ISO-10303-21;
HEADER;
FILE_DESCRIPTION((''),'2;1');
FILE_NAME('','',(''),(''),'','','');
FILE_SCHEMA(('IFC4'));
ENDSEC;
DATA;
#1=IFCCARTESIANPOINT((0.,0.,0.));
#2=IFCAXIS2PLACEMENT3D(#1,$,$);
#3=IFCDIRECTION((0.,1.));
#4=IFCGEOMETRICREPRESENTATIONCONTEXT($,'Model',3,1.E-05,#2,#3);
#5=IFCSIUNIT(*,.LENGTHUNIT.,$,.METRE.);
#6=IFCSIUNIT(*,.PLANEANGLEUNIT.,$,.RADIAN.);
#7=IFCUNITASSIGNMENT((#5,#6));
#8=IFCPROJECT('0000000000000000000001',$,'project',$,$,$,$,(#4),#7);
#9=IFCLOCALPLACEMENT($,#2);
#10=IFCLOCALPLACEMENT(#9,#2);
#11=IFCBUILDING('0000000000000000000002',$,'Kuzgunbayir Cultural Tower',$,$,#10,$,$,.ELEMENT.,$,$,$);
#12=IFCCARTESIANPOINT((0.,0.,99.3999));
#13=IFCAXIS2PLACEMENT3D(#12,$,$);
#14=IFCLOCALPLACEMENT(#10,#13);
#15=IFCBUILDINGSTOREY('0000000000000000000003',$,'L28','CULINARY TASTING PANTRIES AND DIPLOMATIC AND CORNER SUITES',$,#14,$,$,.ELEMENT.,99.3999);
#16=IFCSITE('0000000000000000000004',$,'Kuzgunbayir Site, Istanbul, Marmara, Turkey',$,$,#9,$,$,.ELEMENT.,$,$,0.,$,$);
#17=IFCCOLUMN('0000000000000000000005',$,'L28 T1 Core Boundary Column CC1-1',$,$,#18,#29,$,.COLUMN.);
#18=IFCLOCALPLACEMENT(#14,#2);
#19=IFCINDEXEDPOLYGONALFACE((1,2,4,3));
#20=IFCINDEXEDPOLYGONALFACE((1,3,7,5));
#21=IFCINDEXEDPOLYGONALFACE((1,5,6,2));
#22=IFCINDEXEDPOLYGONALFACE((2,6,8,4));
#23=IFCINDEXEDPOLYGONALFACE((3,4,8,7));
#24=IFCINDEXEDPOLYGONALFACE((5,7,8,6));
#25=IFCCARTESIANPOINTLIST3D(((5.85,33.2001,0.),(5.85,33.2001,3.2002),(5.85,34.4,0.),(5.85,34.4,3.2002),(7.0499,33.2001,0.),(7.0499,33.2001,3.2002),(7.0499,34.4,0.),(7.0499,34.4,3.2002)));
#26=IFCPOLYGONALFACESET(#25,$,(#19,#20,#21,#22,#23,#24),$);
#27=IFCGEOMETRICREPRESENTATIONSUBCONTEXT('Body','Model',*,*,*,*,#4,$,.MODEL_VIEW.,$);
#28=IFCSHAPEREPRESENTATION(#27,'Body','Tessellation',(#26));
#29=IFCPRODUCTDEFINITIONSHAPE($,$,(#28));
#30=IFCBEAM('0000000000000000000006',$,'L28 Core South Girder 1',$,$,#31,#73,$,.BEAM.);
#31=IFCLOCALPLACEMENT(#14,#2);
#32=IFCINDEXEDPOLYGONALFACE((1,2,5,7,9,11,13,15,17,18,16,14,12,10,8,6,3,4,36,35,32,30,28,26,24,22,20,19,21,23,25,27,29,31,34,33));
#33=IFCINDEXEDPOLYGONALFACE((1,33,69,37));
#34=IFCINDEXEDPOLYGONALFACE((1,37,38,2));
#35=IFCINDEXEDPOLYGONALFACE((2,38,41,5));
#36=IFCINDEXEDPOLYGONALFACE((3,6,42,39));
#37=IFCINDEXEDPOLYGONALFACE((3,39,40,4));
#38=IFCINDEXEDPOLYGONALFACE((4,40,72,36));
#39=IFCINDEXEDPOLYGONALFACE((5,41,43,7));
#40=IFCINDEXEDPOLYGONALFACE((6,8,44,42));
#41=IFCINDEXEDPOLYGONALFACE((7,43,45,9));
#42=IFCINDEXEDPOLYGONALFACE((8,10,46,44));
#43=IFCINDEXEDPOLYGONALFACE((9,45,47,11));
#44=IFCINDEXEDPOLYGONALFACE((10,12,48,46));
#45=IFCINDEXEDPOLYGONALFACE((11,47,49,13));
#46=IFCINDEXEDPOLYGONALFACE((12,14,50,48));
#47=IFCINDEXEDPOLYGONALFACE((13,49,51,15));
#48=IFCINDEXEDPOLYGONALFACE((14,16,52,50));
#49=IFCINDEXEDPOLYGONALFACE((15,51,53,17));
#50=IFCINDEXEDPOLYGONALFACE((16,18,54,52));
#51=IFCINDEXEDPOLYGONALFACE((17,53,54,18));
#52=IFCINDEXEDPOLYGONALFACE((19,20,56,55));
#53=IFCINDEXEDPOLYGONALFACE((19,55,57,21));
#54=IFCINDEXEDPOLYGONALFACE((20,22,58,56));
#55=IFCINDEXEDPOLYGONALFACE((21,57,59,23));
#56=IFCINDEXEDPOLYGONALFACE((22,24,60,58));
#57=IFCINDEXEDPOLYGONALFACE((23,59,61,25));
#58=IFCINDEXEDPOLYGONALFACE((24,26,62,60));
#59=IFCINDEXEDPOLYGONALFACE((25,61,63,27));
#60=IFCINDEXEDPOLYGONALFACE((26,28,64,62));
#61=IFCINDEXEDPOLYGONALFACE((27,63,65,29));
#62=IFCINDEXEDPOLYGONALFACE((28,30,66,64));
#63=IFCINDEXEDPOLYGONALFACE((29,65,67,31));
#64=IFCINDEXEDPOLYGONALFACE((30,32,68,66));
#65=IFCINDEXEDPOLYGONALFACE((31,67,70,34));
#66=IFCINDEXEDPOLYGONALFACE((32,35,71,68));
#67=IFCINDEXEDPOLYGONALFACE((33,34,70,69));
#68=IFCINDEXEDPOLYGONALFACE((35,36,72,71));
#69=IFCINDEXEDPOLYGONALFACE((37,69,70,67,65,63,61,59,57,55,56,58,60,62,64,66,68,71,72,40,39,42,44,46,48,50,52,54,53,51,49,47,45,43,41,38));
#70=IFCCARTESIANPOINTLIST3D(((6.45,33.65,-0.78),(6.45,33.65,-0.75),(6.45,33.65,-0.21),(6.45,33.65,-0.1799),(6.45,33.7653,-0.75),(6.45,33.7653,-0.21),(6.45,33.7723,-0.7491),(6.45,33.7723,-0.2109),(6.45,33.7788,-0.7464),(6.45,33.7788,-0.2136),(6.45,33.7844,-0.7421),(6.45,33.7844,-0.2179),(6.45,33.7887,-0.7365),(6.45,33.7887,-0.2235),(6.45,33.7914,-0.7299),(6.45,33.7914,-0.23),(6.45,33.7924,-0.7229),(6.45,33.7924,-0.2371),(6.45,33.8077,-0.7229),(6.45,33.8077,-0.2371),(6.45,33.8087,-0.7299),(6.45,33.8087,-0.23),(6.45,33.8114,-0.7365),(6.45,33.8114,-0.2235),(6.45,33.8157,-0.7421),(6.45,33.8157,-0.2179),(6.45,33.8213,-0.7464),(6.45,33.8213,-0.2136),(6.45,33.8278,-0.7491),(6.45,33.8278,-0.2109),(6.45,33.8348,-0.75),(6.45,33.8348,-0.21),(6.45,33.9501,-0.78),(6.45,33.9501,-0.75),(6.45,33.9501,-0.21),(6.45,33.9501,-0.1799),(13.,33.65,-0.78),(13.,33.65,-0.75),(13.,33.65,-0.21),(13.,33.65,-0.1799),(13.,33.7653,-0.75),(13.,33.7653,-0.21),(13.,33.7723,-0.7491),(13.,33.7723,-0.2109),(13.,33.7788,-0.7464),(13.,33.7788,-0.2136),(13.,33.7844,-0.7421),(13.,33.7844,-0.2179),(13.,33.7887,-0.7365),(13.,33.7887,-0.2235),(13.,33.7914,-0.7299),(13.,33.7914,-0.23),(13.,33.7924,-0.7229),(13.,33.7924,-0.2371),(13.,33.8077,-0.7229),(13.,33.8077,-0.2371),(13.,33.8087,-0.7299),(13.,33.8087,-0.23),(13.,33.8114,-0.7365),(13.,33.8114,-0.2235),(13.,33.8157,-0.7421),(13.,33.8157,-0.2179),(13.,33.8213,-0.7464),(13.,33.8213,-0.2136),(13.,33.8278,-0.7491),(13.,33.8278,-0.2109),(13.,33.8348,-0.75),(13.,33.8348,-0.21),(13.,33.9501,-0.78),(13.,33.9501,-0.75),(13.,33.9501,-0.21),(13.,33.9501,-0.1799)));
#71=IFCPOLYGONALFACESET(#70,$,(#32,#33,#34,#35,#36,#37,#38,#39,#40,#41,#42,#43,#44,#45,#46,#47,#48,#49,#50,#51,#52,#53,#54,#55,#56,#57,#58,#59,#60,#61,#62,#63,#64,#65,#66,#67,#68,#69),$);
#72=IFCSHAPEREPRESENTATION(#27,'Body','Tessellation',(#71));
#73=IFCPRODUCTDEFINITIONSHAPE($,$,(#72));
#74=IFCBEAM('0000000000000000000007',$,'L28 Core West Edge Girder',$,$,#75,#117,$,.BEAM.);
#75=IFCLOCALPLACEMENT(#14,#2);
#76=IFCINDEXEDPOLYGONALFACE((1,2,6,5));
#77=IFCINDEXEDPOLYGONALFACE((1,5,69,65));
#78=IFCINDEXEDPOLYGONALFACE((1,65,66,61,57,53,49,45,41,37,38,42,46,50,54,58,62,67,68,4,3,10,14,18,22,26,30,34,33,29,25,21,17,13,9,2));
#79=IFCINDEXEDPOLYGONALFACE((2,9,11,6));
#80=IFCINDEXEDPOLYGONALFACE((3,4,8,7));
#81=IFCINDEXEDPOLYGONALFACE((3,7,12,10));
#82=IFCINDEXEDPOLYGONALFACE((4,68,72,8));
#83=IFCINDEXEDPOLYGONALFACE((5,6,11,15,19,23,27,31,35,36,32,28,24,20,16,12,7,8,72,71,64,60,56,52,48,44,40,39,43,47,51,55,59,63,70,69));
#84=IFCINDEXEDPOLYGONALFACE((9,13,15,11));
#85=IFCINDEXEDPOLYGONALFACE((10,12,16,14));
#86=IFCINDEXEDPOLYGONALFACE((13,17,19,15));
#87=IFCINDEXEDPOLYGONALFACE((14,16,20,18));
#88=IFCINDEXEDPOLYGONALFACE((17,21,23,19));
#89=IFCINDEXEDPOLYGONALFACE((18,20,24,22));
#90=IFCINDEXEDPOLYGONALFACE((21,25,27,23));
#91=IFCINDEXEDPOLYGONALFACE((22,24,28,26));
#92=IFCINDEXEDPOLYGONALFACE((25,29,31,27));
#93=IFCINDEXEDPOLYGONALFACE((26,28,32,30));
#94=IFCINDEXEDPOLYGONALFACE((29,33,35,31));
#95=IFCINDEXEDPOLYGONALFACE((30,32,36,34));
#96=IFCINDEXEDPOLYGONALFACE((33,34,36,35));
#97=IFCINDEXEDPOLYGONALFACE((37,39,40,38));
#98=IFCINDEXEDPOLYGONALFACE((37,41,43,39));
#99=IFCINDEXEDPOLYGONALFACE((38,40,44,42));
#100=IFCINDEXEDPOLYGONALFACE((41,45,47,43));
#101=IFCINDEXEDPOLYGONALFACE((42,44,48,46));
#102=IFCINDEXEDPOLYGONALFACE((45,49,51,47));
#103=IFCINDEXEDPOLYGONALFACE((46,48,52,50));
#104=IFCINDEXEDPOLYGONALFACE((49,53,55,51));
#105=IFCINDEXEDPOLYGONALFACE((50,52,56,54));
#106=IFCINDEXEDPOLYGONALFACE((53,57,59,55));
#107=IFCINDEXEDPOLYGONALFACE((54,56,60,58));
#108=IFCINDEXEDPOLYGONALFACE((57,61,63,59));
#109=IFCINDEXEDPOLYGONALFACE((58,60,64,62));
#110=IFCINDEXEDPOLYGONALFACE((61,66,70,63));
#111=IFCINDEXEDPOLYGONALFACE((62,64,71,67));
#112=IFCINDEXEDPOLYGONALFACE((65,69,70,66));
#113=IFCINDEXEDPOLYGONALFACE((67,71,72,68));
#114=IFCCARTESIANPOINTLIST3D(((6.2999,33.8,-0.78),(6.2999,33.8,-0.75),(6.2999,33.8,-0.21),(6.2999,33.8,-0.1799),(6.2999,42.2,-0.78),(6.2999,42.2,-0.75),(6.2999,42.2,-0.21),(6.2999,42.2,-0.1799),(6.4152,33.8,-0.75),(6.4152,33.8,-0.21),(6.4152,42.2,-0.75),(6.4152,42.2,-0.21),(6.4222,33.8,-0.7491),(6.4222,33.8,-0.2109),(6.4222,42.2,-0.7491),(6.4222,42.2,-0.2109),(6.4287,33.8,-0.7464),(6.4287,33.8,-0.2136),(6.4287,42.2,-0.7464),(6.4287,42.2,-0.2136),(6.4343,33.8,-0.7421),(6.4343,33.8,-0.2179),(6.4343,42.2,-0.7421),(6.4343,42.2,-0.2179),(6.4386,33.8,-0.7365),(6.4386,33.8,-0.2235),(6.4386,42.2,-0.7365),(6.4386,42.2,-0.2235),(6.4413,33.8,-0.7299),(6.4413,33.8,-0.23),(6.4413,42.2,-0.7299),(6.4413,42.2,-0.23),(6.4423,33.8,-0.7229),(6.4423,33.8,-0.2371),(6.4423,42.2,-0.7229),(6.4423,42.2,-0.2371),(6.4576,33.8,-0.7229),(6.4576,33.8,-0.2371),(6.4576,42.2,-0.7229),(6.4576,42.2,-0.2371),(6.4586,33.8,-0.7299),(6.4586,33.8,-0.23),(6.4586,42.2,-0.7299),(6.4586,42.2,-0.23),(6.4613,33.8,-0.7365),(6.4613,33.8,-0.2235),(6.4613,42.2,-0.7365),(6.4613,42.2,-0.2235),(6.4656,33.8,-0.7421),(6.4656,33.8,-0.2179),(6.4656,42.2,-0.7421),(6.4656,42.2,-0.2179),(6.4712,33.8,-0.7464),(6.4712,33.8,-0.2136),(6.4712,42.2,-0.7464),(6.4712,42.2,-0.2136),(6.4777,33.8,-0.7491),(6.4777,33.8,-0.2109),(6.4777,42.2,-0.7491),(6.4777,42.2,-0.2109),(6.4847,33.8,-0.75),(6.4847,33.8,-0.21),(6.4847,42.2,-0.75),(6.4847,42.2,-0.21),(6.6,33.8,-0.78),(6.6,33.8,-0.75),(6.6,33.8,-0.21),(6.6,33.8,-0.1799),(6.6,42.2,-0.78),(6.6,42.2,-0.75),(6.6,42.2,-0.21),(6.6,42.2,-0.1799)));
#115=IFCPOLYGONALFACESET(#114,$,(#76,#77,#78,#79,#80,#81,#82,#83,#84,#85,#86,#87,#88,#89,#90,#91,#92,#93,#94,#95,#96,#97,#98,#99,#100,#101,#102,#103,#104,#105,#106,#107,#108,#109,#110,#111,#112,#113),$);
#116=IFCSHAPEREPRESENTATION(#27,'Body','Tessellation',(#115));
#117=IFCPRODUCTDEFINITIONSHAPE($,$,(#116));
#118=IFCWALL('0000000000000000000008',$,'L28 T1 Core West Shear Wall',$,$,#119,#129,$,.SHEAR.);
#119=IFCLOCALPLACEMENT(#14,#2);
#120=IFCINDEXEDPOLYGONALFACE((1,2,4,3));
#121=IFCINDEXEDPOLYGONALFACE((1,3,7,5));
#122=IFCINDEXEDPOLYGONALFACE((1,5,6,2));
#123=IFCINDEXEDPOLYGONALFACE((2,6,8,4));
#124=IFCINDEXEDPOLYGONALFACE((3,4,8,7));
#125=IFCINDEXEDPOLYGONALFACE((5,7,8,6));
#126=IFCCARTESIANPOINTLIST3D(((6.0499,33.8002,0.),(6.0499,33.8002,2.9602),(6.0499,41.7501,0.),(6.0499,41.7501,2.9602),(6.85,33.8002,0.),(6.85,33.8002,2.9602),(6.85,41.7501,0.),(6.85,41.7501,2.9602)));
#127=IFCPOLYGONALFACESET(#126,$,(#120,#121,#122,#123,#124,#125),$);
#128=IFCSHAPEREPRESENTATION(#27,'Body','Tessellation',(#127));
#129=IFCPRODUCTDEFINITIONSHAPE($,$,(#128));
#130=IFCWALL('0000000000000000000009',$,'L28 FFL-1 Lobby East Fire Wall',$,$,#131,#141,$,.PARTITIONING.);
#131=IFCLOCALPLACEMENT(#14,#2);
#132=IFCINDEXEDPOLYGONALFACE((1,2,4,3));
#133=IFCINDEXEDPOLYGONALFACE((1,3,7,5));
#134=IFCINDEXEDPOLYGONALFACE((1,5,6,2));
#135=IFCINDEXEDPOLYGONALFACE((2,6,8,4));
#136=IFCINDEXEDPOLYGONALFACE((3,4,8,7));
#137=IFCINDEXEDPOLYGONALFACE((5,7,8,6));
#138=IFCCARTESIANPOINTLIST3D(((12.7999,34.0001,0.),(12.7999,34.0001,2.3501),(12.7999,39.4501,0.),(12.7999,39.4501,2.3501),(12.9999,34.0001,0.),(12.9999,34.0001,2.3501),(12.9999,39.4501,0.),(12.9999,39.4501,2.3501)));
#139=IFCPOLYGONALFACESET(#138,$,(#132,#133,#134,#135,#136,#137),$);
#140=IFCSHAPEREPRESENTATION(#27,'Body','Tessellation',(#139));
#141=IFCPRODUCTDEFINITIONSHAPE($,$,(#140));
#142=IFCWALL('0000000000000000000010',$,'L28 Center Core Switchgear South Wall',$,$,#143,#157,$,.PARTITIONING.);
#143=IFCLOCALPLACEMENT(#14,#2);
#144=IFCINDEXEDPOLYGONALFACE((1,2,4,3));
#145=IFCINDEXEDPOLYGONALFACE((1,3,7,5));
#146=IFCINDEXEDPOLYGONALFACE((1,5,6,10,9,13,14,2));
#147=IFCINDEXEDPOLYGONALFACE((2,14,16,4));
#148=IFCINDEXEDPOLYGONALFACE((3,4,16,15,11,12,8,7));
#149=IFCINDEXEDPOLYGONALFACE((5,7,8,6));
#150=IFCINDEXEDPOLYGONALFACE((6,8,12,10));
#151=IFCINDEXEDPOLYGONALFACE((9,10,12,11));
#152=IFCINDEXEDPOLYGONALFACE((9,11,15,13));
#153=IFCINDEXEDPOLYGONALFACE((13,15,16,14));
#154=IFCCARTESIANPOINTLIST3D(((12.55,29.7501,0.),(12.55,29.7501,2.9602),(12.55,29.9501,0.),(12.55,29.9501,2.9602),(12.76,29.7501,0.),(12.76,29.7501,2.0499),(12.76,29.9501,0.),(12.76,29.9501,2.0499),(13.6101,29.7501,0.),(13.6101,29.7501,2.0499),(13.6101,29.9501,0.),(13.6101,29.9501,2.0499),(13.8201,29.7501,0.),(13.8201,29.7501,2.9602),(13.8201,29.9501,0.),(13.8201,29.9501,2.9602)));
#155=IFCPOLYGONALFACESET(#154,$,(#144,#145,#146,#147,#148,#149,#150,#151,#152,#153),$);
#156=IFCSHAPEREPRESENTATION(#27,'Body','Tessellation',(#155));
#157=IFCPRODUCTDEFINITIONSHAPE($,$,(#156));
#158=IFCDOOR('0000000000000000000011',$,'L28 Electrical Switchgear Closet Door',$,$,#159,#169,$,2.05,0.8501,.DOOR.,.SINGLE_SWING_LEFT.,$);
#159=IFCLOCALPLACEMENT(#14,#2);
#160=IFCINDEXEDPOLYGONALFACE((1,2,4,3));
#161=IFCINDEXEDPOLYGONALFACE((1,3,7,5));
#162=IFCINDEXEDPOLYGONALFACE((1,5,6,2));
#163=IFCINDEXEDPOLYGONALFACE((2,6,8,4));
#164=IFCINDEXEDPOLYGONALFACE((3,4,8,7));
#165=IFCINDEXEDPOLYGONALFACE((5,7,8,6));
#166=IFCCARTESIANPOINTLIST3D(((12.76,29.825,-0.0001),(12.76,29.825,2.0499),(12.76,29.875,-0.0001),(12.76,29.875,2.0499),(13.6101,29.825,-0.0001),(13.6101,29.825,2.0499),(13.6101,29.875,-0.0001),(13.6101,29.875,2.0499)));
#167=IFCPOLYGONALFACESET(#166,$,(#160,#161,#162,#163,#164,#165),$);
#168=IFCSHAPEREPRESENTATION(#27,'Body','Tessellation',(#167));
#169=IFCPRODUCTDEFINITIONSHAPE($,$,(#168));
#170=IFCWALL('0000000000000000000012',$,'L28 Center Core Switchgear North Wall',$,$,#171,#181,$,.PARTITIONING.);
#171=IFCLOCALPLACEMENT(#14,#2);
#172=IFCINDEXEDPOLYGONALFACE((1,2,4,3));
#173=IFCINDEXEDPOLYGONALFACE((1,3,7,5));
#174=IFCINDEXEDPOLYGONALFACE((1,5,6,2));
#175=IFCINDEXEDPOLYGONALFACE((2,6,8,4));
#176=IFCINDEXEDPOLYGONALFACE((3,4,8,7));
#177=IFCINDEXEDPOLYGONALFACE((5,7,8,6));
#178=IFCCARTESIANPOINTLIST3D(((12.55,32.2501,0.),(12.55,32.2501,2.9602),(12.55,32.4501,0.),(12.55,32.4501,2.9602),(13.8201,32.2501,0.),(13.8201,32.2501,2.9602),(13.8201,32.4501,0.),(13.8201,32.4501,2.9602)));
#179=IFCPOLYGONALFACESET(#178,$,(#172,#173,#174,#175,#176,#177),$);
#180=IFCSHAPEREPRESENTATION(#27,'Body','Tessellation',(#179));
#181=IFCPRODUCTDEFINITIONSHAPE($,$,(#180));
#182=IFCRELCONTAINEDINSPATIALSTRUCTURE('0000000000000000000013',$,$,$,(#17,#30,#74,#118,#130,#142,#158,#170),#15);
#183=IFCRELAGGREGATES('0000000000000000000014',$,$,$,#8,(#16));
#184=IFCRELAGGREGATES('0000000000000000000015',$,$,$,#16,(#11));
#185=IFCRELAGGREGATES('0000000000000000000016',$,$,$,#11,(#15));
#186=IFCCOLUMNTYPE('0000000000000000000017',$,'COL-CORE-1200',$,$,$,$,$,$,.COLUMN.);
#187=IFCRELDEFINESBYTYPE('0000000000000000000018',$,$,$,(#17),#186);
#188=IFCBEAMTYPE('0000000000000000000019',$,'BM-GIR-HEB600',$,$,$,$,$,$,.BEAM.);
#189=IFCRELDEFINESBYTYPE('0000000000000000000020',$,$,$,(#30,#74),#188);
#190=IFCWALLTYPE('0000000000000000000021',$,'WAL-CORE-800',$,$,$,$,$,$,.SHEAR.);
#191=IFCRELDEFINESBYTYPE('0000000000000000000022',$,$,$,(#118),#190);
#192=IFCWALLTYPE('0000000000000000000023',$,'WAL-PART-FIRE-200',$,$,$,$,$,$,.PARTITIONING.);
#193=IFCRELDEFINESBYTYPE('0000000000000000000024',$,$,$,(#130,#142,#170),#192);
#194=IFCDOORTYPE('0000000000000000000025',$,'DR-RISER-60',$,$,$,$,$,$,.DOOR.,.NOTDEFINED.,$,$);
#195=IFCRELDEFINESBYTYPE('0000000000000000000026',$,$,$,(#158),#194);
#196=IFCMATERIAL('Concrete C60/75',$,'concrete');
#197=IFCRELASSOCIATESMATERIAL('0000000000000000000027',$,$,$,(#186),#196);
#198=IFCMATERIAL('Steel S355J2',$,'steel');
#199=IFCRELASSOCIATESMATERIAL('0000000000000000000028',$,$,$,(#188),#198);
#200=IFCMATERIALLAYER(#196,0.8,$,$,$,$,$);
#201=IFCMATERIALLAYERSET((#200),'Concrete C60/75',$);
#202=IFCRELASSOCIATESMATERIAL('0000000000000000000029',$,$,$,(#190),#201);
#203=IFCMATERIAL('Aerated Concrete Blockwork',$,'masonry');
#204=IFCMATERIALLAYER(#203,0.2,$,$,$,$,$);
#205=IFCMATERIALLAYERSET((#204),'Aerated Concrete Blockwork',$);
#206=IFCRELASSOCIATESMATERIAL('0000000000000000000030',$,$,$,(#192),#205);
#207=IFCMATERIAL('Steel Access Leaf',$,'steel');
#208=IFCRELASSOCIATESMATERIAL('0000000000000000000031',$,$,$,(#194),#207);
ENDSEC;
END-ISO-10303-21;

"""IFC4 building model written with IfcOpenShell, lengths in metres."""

from ifc_helpers import new_model, si_unit, direction, frame, frame_2d, origin, origin_2d, place, context, subcontext, project, spatial, rectangle, i_section, extrude, material, layer, layer_set, material_profile, profile_set, type_object, element, fill, save


model = new_model("IFC4")

# Units and contexts
model_context = context("Model", 3, precision=1e-05, world=origin(), true_north=direction((0.0, 1.0)))
body_context = subcontext(model_context, "Body", "Model", "MODEL_VIEW")
ifc_project = project(units=[si_unit("LENGTHUNIT", "METRE"), si_unit("PLANEANGLEUNIT", "RADIAN")], contexts=[model_context])

# Site, building, storey
site_placement = place(None, origin())
site = spatial("IfcSite", under=ifc_project, at=site_placement, Name="Kuzgunbayir Site, Istanbul, Marmara, Turkey", CompositionType="ELEMENT", RefElevation=0.0)
building_placement = place(site_placement, origin())
building = spatial("IfcBuilding", under=site, at=building_placement, Name="Kuzgunbayir Cultural Tower", CompositionType="ELEMENT")
storey_placement = place(building_placement, frame((0.0, 0.0, 99.3999)))
storey = spatial("IfcBuildingStorey", under=building, at=storey_placement, Name="L28", Description="CULINARY TASTING PANTRIES AND DIPLOMATIC AND CORNER SUITES", CompositionType="ELEMENT", Elevation=99.3999)

# Column
ifc_material_1 = material(Name="Concrete C60/75", Category="concrete")
ifc_material_profile_1 = material_profile(ifc_material_1, rectangle(XDim=1.2, YDim=1.2, at=origin_2d()), Name="RC 1200x1200")
ifc_profile_set_1 = profile_set([ifc_material_profile_1], Name="Concrete C60/75")
column_type = type_object("IfcColumnType", Name="COL-CORE-1200", PredefinedType="COLUMN", material=ifc_profile_set_1)
column_placement = place(storey_placement, frame((6.45, 33.8, 0.0), z_axis=(0.0, 0.0, 1.0), x_axis=(1.0, 0.0, 0.0)))
element("IfcColumn", 1, at=column_placement, inside=storey, type_object=column_type, Name="L28 T1 Core Boundary Column CC1-1", PredefinedType="COLUMN", context=body_context, shape_type="SweptSolid", body=[
    extrude(rectangle(XDim=1.2, YDim=1.2, at=origin_2d()), origin(), (0.0, 0.0, 1.0), 3.2002),
])

# Beams
ifc_material_2 = material(Name="Steel S355J2", Category="steel")
ifc_material_profile_2 = material_profile(ifc_material_2, i_section(OverallWidth=0.3, OverallDepth=0.6001, WebThickness=0.0154, FlangeThickness=0.03, FilletRadius=0.0271, at=origin_2d()), Name="HEB 600")
ifc_profile_set_2 = profile_set([ifc_material_profile_2], Name="Steel S355J2")
beam_type = type_object("IfcBeamType", Name="BM-GIR-HEB600", PredefinedType="BEAM", material=ifc_profile_set_2)
beam_1_placement = place(storey_placement, frame((6.45, 33.8, -0.48), z_axis=(1.0, 0.0, 0.0), x_axis=(0.0, 1.0, 0.0)))
element("IfcBeam", 2, at=beam_1_placement, inside=storey, type_object=beam_type, Name="L28 Core South Girder 1", PredefinedType="BEAM", context=body_context, shape_type="SweptSolid", body=[
    extrude(i_section(OverallWidth=0.3, OverallDepth=0.6001, WebThickness=0.0154, FlangeThickness=0.03, FilletRadius=0.0271, at=origin_2d()), origin(), (0.0, 0.0, 1.0), 6.55),
])
beam_2_placement = place(storey_placement, frame((6.45, 33.8, -0.48), z_axis=(0.0, 1.0, 0.0), x_axis=(-1.0, 0.0, 0.0)))
element("IfcBeam", 3, at=beam_2_placement, inside=storey, type_object=beam_type, Name="L28 Core West Edge Girder", PredefinedType="BEAM", context=body_context, shape_type="SweptSolid", body=[
    extrude(i_section(OverallWidth=0.3, OverallDepth=0.6001, WebThickness=0.0154, FlangeThickness=0.03, FilletRadius=0.0271, at=origin_2d()), origin(), (0.0, 0.0, 1.0), 8.3999),
])

# Walls
ifc_layer_1 = layer(ifc_material_1, 0.8)
ifc_layer_set_1 = layer_set([ifc_layer_1], Name="Concrete C60/75")
wall_type_1 = type_object("IfcWallType", Name="WAL-CORE-800", PredefinedType="SHEAR", material=ifc_layer_set_1)
wall_1_placement = place(storey_placement, frame((6.45, 33.8, 0.0), z_axis=(0.0, 0.0, 1.0), x_axis=(0.0, 1.0, 0.0)))
element("IfcWall", 4, at=wall_1_placement, inside=storey, type_object=wall_type_1, Name="L28 T1 Core West Shear Wall", PredefinedType="SHEAR", context=body_context, shape_type="SweptSolid", body=[
    extrude(rectangle(XDim=7.95, YDim=0.8, at=frame_2d((3.9751, 0.0))), origin(), (0.0, 0.0, 1.0), 2.9602),
])
ifc_material_3 = material(Name="Aerated Concrete Blockwork", Category="masonry")
ifc_layer_2 = layer(ifc_material_3, 0.2)
ifc_layer_set_2 = layer_set([ifc_layer_2], Name="Aerated Concrete Blockwork")
wall_type_2 = type_object("IfcWallType", Name="WAL-PART-FIRE-200", PredefinedType="PARTITIONING", material=ifc_layer_set_2)
wall_2_placement = place(storey_placement, frame((12.8999, 34.0, 0.0), z_axis=(0.0, 0.0, 1.0), x_axis=(0.0, 1.0, 0.0)))
element("IfcWall", 5, at=wall_2_placement, inside=storey, type_object=wall_type_2, Name="L28 FFL-1 Lobby East Fire Wall", PredefinedType="PARTITIONING", context=body_context, shape_type="SweptSolid", body=[
    extrude(rectangle(XDim=5.45, YDim=0.2, at=frame_2d((2.7251, 0.0))), origin(), (0.0, 0.0, 1.0), 2.3501),
])

# Wall, opening, door
wall_3_placement = place(storey_placement, frame((12.55, 29.8501, 0.0), z_axis=(0.0, 0.0, 1.0), x_axis=(1.0, 0.0, 0.0)))
wall_3 = element("IfcWall", 6, at=wall_3_placement, inside=storey, type_object=wall_type_2, Name="L28 Center Core Switchgear South Wall", PredefinedType="PARTITIONING", context=body_context, shape_type="SweptSolid", body=[
    extrude(rectangle(XDim=1.27, YDim=0.2, at=frame_2d((0.635, 0.0))), origin(), (0.0, 0.0, 1.0), 2.9602),
])
opening_1_placement = place(wall_3_placement, frame((0.21, 0.0, 0.0)))
opening_1 = element("IfcOpeningElement", 7, at=opening_1_placement, cuts=wall_3, PredefinedType="OPENING", context=body_context, shape_type="SweptSolid", body=[
    extrude(rectangle(XDim=0.8501, YDim=2.05, at=frame_2d((0.425, 1.0249))), frame((0.0, 0.1099, 0.0), z_axis=(0.0, -1.0, 0.0), x_axis=(1.0, 0.0, 0.0)), (0.0, 0.0, 1.0), 0.22),
])
ifc_material_4 = material(Name="Steel Access Leaf", Category="steel")
door_type_1 = type_object("IfcDoorType", Name="DR-RISER-60", OperationType="NOTDEFINED", PredefinedType="DOOR", material=ifc_material_4)
door_1_placement = place(opening_1_placement, origin())
door_1 = element("IfcDoor", 8, at=door_1_placement, inside=storey, type_object=door_type_1, Name="L28 Electrical Switchgear Closet Door", OperationType="SINGLE_SWING_LEFT", OverallHeight=2.05, OverallWidth=0.8501, PredefinedType="DOOR", context=body_context, shape_type="SweptSolid", body=[
    extrude(rectangle(XDim=0.8501, YDim=2.05, at=frame_2d((0.425, 1.0249))), frame((0.0, 0.0249, 0.0), z_axis=(0.0, -1.0, 0.0), x_axis=(1.0, 0.0, 0.0)), (0.0, 0.0, 1.0), 0.05),
])
fill(opening_1, door_1)

# Wall
wall_4_placement = place(storey_placement, frame((12.55, 32.3501, 0.0), z_axis=(0.0, 0.0, 1.0), x_axis=(1.0, 0.0, 0.0)))
element("IfcWall", 9, at=wall_4_placement, inside=storey, type_object=wall_type_2, Name="L28 Center Core Switchgear North Wall", PredefinedType="PARTITIONING", context=body_context, shape_type="SweptSolid", body=[
    extrude(rectangle(XDim=1.27, YDim=0.2, at=frame_2d((0.635, 0.0))), origin(), (0.0, 0.0, 1.0), 2.9602),
])

save(model, "model.ifc")
